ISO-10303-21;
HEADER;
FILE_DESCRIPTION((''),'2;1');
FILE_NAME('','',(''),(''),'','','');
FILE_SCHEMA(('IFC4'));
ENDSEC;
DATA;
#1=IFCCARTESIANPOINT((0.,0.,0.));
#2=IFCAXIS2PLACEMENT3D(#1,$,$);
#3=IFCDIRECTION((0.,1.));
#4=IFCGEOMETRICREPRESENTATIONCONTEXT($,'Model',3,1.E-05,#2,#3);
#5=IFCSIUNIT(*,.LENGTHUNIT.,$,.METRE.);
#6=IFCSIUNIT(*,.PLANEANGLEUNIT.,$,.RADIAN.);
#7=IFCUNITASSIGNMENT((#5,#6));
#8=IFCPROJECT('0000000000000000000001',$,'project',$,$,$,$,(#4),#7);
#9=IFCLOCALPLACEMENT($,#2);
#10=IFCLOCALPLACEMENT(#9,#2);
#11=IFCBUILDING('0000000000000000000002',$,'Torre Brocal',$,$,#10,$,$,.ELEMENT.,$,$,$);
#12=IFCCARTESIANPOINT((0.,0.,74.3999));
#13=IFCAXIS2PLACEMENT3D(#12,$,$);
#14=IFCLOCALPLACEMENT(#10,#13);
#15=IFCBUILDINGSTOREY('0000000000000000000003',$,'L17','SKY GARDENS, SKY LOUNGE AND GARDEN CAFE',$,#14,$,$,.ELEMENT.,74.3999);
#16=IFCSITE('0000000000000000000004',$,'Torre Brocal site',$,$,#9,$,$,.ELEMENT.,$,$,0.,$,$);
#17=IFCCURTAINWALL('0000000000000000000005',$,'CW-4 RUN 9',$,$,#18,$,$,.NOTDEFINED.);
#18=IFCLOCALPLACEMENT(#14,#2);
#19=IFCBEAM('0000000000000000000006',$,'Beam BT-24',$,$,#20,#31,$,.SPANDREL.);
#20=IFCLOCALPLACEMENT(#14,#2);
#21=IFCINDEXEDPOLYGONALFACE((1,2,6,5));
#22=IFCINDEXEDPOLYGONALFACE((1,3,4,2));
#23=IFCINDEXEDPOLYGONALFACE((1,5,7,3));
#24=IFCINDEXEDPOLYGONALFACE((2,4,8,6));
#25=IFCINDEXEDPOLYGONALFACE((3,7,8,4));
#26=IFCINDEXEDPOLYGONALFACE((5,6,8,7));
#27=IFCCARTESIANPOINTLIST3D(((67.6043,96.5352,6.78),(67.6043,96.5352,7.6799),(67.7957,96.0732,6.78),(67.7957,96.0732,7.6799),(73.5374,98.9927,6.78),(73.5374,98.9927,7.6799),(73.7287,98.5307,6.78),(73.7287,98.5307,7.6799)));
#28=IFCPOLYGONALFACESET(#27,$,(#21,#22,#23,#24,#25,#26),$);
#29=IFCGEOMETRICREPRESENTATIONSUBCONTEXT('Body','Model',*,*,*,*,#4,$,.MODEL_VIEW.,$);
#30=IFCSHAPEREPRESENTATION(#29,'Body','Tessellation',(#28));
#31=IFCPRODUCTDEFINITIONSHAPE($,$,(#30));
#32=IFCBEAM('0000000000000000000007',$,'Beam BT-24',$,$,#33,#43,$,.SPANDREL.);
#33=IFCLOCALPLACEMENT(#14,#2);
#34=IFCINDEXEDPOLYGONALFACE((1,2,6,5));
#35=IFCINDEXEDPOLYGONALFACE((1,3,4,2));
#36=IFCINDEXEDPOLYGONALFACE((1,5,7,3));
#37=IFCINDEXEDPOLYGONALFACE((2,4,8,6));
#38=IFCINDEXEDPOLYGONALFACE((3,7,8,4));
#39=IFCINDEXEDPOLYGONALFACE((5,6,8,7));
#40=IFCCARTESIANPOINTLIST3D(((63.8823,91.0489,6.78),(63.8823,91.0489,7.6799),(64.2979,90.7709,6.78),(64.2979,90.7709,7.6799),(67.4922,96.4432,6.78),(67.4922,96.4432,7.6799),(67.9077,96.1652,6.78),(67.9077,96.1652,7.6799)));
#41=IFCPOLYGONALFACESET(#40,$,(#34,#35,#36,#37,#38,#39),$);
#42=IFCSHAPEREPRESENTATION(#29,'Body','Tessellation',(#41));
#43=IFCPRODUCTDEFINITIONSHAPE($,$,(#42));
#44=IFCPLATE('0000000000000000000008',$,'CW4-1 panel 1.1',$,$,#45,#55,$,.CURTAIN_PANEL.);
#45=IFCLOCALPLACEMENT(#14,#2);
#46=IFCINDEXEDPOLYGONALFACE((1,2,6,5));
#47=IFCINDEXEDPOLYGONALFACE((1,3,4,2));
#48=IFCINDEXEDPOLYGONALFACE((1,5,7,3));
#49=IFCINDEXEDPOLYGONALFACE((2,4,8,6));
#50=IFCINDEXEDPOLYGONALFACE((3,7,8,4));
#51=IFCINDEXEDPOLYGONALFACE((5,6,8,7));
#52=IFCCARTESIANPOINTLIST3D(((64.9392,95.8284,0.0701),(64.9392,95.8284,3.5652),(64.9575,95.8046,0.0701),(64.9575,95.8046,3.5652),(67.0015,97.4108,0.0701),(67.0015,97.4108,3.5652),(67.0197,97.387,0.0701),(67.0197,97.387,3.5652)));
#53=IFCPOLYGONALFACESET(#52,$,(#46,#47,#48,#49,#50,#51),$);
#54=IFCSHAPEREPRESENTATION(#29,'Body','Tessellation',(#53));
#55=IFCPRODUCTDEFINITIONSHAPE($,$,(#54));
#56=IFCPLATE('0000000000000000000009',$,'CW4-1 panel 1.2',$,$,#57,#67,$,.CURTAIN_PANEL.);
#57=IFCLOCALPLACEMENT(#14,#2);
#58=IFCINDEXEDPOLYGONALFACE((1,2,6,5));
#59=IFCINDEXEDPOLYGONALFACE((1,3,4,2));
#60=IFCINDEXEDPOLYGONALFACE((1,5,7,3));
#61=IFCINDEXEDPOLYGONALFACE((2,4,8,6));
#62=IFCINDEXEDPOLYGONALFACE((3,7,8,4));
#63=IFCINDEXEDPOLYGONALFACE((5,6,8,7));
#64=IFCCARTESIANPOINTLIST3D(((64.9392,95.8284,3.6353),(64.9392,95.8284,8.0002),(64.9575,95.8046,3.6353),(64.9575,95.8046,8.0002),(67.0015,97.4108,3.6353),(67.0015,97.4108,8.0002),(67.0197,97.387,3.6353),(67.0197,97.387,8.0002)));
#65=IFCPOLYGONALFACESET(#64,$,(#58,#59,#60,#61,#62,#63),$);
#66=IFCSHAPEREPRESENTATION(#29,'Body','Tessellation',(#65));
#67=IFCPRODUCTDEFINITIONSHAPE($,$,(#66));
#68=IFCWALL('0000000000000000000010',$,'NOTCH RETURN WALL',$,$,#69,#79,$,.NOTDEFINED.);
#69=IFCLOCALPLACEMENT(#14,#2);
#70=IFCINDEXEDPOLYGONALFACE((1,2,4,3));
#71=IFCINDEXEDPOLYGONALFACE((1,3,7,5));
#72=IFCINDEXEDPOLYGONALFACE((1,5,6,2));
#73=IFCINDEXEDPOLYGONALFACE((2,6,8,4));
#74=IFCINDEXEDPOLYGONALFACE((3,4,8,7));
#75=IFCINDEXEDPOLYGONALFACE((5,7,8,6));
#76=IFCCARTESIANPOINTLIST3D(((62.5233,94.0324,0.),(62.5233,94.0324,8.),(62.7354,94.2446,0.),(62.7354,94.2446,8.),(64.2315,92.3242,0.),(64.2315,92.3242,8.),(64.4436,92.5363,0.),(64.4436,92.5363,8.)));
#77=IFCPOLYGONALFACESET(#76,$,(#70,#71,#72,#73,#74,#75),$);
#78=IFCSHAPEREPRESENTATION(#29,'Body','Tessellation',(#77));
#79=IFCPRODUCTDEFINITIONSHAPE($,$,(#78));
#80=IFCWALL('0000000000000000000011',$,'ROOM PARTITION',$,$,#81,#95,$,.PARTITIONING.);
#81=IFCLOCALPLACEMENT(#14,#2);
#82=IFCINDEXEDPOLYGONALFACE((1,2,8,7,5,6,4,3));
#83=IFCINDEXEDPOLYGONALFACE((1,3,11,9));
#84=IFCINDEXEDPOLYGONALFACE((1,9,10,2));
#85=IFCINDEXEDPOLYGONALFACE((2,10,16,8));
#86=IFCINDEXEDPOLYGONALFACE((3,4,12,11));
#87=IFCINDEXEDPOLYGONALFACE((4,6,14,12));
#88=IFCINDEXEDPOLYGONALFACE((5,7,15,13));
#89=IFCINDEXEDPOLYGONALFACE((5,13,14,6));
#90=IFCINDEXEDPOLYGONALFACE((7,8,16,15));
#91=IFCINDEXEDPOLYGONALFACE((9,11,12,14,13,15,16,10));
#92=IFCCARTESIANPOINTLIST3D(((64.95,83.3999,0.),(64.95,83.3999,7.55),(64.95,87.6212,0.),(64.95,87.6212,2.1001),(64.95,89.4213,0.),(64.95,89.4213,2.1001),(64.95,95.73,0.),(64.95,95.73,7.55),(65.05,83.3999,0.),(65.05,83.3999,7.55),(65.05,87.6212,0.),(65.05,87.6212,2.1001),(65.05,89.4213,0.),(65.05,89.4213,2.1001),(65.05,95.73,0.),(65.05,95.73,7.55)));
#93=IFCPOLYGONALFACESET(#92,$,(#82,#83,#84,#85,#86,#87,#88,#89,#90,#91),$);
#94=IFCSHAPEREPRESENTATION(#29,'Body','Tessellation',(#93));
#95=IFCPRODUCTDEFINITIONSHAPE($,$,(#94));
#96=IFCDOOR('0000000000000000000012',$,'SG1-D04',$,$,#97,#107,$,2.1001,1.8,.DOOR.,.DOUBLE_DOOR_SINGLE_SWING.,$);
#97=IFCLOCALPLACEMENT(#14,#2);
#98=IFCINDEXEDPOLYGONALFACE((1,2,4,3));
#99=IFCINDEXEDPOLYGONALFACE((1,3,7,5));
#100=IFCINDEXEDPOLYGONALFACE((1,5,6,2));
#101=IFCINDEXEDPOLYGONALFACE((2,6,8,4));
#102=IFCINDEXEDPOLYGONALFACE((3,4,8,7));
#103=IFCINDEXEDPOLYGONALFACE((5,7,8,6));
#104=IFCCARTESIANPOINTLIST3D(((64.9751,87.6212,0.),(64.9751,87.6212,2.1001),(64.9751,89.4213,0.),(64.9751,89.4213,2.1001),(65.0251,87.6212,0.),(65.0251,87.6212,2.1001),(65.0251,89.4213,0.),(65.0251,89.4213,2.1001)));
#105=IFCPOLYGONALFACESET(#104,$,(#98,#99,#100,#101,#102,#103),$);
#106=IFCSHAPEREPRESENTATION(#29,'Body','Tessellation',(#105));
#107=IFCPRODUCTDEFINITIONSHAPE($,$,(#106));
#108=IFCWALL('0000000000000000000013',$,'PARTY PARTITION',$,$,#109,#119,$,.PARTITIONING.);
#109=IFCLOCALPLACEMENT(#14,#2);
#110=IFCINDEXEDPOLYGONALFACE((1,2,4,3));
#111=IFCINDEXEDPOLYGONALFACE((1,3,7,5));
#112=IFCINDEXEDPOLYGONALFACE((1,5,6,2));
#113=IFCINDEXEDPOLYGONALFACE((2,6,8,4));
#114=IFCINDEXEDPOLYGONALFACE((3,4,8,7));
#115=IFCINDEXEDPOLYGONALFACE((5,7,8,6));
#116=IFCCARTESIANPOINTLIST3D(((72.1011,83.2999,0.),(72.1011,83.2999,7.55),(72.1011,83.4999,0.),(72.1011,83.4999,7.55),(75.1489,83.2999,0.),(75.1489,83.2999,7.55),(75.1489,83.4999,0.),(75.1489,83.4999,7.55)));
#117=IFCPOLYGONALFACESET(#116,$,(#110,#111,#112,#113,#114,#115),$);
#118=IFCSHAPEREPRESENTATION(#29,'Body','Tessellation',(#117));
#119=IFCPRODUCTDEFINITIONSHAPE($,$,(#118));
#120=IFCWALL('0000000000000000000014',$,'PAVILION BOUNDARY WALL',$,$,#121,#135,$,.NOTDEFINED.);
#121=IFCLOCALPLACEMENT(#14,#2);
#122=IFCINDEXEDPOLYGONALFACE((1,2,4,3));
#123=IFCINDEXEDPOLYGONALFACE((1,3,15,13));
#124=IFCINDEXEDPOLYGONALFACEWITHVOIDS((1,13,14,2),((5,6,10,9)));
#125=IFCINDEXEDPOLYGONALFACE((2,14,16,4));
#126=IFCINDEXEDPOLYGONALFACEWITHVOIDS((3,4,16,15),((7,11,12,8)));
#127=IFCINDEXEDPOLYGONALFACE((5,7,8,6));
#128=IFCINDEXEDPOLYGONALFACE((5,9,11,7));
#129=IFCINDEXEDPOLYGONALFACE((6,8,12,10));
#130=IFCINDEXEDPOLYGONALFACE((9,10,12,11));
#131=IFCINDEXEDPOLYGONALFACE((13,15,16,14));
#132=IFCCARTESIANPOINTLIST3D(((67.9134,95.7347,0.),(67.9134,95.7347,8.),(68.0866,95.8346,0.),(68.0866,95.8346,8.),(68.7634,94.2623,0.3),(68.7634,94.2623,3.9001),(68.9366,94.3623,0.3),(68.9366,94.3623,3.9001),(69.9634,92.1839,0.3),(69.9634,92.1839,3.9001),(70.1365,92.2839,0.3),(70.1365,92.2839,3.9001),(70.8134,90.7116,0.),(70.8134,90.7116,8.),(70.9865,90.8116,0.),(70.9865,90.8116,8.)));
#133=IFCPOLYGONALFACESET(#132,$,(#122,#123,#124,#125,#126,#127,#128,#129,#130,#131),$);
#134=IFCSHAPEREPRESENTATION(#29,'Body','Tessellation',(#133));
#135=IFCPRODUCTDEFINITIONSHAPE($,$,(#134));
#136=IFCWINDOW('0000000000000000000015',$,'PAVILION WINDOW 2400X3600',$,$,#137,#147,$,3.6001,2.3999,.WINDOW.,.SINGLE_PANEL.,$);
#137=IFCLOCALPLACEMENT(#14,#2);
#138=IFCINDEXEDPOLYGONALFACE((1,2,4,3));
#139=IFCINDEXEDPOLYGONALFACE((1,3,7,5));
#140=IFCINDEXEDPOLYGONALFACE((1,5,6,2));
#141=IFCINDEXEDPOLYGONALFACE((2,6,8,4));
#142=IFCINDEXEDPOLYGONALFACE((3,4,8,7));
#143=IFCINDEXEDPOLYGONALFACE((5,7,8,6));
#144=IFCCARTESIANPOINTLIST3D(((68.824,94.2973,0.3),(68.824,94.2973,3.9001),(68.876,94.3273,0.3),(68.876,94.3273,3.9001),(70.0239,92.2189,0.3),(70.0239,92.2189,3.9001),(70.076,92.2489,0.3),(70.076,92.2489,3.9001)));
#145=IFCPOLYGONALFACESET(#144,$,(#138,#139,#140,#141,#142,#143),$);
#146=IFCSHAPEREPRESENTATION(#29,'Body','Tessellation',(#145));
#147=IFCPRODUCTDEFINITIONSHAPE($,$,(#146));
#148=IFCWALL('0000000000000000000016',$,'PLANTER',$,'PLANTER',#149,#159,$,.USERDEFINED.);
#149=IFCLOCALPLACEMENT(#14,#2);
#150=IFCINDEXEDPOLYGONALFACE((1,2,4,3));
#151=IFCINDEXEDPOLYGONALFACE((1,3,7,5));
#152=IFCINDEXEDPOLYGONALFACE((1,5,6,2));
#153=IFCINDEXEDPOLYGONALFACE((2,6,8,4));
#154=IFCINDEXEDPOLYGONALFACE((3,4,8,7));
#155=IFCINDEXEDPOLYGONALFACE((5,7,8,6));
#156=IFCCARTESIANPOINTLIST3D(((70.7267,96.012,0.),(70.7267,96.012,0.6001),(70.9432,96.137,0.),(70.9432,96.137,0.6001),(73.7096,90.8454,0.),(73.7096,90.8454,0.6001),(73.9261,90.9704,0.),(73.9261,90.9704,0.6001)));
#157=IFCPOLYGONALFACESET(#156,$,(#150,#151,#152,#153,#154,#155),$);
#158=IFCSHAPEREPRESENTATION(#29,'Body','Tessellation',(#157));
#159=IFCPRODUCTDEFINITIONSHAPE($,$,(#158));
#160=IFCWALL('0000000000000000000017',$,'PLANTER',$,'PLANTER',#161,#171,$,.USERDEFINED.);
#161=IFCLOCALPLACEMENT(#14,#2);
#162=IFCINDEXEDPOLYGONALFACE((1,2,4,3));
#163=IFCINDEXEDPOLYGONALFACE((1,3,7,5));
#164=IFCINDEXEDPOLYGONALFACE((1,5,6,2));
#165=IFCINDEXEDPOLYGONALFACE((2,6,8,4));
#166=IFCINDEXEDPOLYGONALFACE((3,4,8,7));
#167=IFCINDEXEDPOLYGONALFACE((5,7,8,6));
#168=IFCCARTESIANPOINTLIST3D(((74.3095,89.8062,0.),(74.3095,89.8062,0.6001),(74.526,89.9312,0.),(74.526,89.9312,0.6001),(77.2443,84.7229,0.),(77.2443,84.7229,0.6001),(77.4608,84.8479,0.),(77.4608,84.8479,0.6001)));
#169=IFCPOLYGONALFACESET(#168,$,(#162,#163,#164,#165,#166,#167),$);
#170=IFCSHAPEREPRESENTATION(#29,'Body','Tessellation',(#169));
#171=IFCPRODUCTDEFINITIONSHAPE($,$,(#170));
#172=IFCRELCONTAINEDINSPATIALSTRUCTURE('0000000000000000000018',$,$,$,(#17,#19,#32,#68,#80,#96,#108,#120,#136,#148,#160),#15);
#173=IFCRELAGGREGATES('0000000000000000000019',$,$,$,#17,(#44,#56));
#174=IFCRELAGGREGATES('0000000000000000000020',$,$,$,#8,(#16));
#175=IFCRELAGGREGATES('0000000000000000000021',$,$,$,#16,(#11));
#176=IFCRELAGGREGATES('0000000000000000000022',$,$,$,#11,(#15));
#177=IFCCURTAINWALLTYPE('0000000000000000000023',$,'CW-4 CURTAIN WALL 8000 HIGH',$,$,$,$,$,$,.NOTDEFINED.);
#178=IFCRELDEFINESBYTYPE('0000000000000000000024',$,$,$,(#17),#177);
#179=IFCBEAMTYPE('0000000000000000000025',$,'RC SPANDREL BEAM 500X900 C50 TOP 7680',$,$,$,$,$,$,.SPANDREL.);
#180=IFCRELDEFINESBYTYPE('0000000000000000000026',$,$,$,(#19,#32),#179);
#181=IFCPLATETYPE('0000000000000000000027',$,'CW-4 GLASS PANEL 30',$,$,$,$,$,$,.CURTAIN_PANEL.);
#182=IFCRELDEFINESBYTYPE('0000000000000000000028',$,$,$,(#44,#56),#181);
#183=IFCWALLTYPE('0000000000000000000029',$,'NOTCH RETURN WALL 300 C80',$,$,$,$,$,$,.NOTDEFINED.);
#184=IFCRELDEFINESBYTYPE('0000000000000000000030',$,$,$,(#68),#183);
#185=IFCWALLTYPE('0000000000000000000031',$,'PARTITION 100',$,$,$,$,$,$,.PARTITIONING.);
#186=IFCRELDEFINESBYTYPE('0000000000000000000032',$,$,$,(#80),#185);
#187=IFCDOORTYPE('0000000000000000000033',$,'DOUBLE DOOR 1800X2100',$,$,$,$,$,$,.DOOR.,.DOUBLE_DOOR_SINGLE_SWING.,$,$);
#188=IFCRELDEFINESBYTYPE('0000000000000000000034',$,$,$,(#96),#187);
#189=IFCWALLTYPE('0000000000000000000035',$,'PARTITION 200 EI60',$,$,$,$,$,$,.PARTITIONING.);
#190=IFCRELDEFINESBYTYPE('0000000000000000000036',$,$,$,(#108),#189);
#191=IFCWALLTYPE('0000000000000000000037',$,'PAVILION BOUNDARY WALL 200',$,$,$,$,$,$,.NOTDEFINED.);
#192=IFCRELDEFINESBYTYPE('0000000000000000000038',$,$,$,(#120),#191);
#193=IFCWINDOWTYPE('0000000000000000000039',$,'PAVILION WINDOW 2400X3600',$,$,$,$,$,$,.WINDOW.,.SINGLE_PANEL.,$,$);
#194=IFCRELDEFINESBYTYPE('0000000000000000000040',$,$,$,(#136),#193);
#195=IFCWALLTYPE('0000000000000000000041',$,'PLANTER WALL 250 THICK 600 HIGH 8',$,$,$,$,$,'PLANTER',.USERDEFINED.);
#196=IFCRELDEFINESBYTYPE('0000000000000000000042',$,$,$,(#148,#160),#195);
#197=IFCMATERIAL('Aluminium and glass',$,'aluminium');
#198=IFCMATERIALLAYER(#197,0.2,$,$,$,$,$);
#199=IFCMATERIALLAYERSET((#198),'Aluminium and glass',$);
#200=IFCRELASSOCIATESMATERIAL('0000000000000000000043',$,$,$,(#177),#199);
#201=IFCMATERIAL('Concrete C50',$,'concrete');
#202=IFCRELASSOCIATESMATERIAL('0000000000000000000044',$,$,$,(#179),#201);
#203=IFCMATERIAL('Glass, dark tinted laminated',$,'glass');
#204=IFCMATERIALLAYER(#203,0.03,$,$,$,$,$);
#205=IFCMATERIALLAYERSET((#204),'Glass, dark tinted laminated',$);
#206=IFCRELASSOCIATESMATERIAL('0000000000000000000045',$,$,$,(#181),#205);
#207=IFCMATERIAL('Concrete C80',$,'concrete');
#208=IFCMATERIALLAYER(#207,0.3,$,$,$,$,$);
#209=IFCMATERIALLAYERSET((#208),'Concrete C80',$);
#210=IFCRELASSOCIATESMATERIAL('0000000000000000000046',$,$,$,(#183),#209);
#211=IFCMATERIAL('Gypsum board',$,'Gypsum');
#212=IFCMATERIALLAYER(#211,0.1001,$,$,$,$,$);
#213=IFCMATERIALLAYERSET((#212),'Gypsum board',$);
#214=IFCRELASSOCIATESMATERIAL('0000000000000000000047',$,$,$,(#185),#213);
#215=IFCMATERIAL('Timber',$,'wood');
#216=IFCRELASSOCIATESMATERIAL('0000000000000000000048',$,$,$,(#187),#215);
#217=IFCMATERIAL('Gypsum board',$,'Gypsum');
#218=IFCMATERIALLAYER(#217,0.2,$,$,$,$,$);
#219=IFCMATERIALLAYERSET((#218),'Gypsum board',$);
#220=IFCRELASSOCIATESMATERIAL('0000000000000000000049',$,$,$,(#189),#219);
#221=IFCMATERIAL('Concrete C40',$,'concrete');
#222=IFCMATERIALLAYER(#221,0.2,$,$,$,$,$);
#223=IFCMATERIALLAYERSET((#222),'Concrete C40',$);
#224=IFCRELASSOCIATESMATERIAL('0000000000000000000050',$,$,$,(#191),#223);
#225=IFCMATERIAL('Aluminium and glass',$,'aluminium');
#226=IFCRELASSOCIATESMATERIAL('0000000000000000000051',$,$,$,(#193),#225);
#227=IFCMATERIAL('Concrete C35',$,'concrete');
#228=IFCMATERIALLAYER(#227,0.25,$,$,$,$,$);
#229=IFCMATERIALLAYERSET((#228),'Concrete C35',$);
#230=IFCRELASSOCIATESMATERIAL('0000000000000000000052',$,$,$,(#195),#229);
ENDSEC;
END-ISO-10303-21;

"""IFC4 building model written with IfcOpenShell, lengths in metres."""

from ifc_helpers import new_model, si_unit, direction, frame, frame_2d, origin, origin_2d, place, context, subcontext, project, spatial, rectangle, extrude, material, layer, layer_set, material_profile, profile_set, type_object, element, fill, aggregate, save


model = new_model("IFC4")

# Units and contexts
model_context = context("Model", 3, precision=1e-05, world=origin(), true_north=direction((0.0, 1.0)))
body_context = subcontext(model_context, "Body", "Model", "MODEL_VIEW")
ifc_project = project(units=[si_unit("LENGTHUNIT", "METRE"), si_unit("PLANEANGLEUNIT", "RADIAN")], contexts=[model_context])

# Site, building, storey
site_placement = place(None, origin())
site = spatial("IfcSite", under=ifc_project, at=site_placement, Name="Torre Brocal site", CompositionType="ELEMENT", RefElevation=0.0)
building_placement = place(site_placement, origin())
building = spatial("IfcBuilding", under=site, at=building_placement, Name="Torre Brocal", CompositionType="ELEMENT")
storey_placement = place(building_placement, frame((0.0, 0.0, 74.3999)))
storey = spatial("IfcBuildingStorey", under=building, at=storey_placement, Name="L17", Description="SKY GARDENS, SKY LOUNGE AND GARDEN CAFE", CompositionType="ELEMENT", Elevation=74.3999)

# Curtain wall
ifc_material_1 = material(Name="Aluminium and glass", Category="aluminium")
ifc_layer_1 = layer(ifc_material_1, 0.2)
ifc_layer_set_1 = layer_set([ifc_layer_1], Name="Aluminium and glass")
curtain_wall_type = type_object("IfcCurtainWallType", Name="CW-4 CURTAIN WALL 8000 HIGH", PredefinedType="NOTDEFINED", material=ifc_layer_set_1)
curtain_wall_placement = place(storey_placement, origin())
curtain_wall = element("IfcCurtainWall", 1, at=curtain_wall_placement, inside=storey, type_object=curtain_wall_type, Name="CW-4 RUN 9", PredefinedType="NOTDEFINED")

# Beams
ifc_material_2 = material(Name="Concrete C50", Category="concrete")
ifc_material_profile_1 = material_profile(ifc_material_2, rectangle(XDim=0.5, YDim=0.8999, at=origin_2d()), Name="RC 500X900")
ifc_profile_set_1 = profile_set([ifc_material_profile_1], Name="Concrete C50")
beam_type_1 = type_object("IfcBeamType", Name="RC SPANDREL BEAM 500X900 C50 TOP 7680", PredefinedType="SPANDREL", material=ifc_profile_set_1)
beam_1_placement = place(storey_placement, frame((73.6331, 98.7617, 7.23), z_axis=(-0.923882, -0.382676, 0.0), x_axis=(0.382676, -0.923882, 0.0)))
element("IfcBeam", 2, at=beam_1_placement, inside=storey, type_object=beam_type_1, Name="Beam BT-24", PredefinedType="SPANDREL", context=body_context, shape_type="SweptSolid", body=[
    extrude(rectangle(XDim=0.5, YDim=0.8999, at=origin_2d()), origin(), (0.0, 0.0, 1.0), 6.4219),
])
beam_2_placement = place(storey_placement, frame((67.7, 96.3042, 7.23), z_axis=(-0.556158, -0.831077, 0.0), x_axis=(0.831077, -0.556158, 0.0)))
element("IfcBeam", 3, at=beam_2_placement, inside=storey, type_object=beam_type_1, Name="Beam BT-24", PredefinedType="SPANDREL", context=body_context, shape_type="SweptSolid", body=[
    extrude(rectangle(XDim=0.5, YDim=0.8999, at=origin_2d()), origin(), (0.0, 0.0, 1.0), 6.4907),
])

# Plates
ifc_material_3 = material(Name="Glass, dark tinted laminated", Category="glass")
ifc_layer_2 = layer(ifc_material_3, 0.03)
ifc_layer_set_2 = layer_set([ifc_layer_2], Name="Glass, dark tinted laminated")
plate_type = type_object("IfcPlateType", Name="CW-4 GLASS PANEL 30", PredefinedType="CURTAIN_PANEL", material=ifc_layer_set_2)
plate_1_placement = place(storey_placement, frame((65.9795, 96.6077, 0.0701), z_axis=(0.0, 0.0, 1.0), x_axis=(-0.793353, -0.608761, 0.0)))
plate_1 = element("IfcPlate", 4, at=plate_1_placement, type_object=plate_type, Name="CW4-1 panel 1.1", PredefinedType="CURTAIN_PANEL", context=body_context, shape_type="SweptSolid", body=[
    extrude(rectangle(XDim=2.5994, YDim=0.03, at=origin_2d()), origin(), (0.0, 0.0, 1.0), 3.4951),
])
plate_2_placement = place(storey_placement, frame((65.9795, 96.6077, 3.6353), z_axis=(0.0, 0.0, 1.0), x_axis=(-0.793353, -0.608761, 0.0)))
plate_2 = element("IfcPlate", 5, at=plate_2_placement, type_object=plate_type, Name="CW4-1 panel 1.2", PredefinedType="CURTAIN_PANEL", context=body_context, shape_type="SweptSolid", body=[
    extrude(rectangle(XDim=2.5994, YDim=0.03, at=origin_2d()), origin(), (0.0, 0.0, 1.0), 4.365),
])
aggregate(curtain_wall, [plate_1, plate_2])

# Wall
ifc_material_4 = material(Name="Concrete C80", Category="concrete")
ifc_layer_3 = layer(ifc_material_4, 0.3)
ifc_layer_set_3 = layer_set([ifc_layer_3], Name="Concrete C80")
wall_type_1 = type_object("IfcWallType", Name="NOTCH RETURN WALL 300 C80", PredefinedType="NOTDEFINED", material=ifc_layer_set_3)
wall_1_placement = place(storey_placement, frame((64.3376, 92.4302, 0.0), z_axis=(0.0, 0.0, 1.0), x_axis=(-0.707107, 0.707107, 0.0)))
element("IfcWall", 6, at=wall_1_placement, inside=storey, type_object=wall_type_1, Name="NOTCH RETURN WALL", PredefinedType="NOTDEFINED", context=body_context, shape_type="SweptSolid", body=[
    extrude(rectangle(XDim=2.4158, YDim=0.3, at=frame_2d((1.208, 0.0))), origin(), (0.0, 0.0, 1.0), 8.0),
])

# Wall, opening, door
ifc_material_5 = material(Name="Gypsum board", Category="Gypsum")
ifc_layer_4 = layer(ifc_material_5, 0.1001)
ifc_layer_set_4 = layer_set([ifc_layer_4], Name="Gypsum board")
wall_type_2 = type_object("IfcWallType", Name="PARTITION 100", PredefinedType="PARTITIONING", material=ifc_layer_set_4)
wall_2_placement = place(storey_placement, frame((65.0, 83.3999, 0.0), z_axis=(0.0, 0.0, 1.0), x_axis=(0.0, 1.0, 0.0)))
wall_2 = element("IfcWall", 7, at=wall_2_placement, inside=storey, type_object=wall_type_2, Name="ROOM PARTITION", PredefinedType="PARTITIONING", context=body_context, shape_type="SweptSolid", body=[
    extrude(rectangle(XDim=12.3301, YDim=0.1001, at=frame_2d((6.165, 0.0))), origin(), (0.0, 0.0, 1.0), 7.55),
])
opening_1_placement = place(wall_2_placement, frame((4.2214, 0.0, 0.0)))
opening_1 = element("IfcOpeningElement", 8, at=opening_1_placement, cuts=wall_2, PredefinedType="OPENING", context=body_context, shape_type="SweptSolid", body=[
    extrude(rectangle(XDim=1.8, YDim=2.1001, at=frame_2d((0.8999, 1.05))), frame((0.0, 0.0601, 0.0), z_axis=(0.0, -1.0, 0.0), x_axis=(1.0, 0.0, 0.0)), (0.0, 0.0, 1.0), 0.1201),
])
ifc_material_6 = material(Name="Timber", Category="wood")
door_type = type_object("IfcDoorType", Name="DOUBLE DOOR 1800X2100", OperationType="DOUBLE_DOOR_SINGLE_SWING", PredefinedType="DOOR", material=ifc_material_6)
door_placement = place(opening_1_placement, origin())
door = element("IfcDoor", 9, at=door_placement, inside=storey, type_object=door_type, Name="SG1-D04", OperationType="DOUBLE_DOOR_SINGLE_SWING", OverallHeight=2.1001, OverallWidth=1.8, PredefinedType="DOOR", context=body_context, shape_type="SweptSolid", body=[
    extrude(rectangle(XDim=1.8, YDim=2.1001, at=frame_2d((0.8999, 1.05))), frame((0.0, 0.0249, 0.0), z_axis=(0.0, -1.0, 0.0), x_axis=(1.0, 0.0, 0.0)), (0.0, 0.0, 1.0), 0.05),
])
fill(opening_1, door)

# Wall
ifc_material_7 = material(Name="Gypsum board", Category="Gypsum")
ifc_layer_5 = layer(ifc_material_7, 0.2)
ifc_layer_set_5 = layer_set([ifc_layer_5], Name="Gypsum board")
wall_type_3 = type_object("IfcWallType", Name="PARTITION 200 EI60", PredefinedType="PARTITIONING", material=ifc_layer_set_5)
wall_3_placement = place(storey_placement, frame((72.1011, 83.3999, 0.0), z_axis=(0.0, 0.0, 1.0), x_axis=(1.0, 0.0, 0.0)))
element("IfcWall", 10, at=wall_3_placement, inside=storey, type_object=wall_type_3, Name="PARTY PARTITION", PredefinedType="PARTITIONING", context=body_context, shape_type="SweptSolid", body=[
    extrude(rectangle(XDim=3.0479, YDim=0.2, at=frame_2d((1.5239, 0.0))), origin(), (0.0, 0.0, 1.0), 7.55),
])

# Wall, opening, window
ifc_material_8 = material(Name="Concrete C40", Category="concrete")
ifc_layer_6 = layer(ifc_material_8, 0.2)
ifc_layer_set_6 = layer_set([ifc_layer_6], Name="Concrete C40")
wall_type_4 = type_object("IfcWallType", Name="PAVILION BOUNDARY WALL 200", PredefinedType="NOTDEFINED", material=ifc_layer_set_6)
wall_4_placement = place(storey_placement, frame((70.8999, 90.7617, 0.0), z_axis=(0.0, 0.0, 1.0), x_axis=(-0.499987, 0.866033, 0.0)))
wall_4 = element("IfcWall", 11, at=wall_4_placement, inside=storey, type_object=wall_type_4, Name="PAVILION BOUNDARY WALL", PredefinedType="NOTDEFINED", context=body_context, shape_type="SweptSolid", body=[
    extrude(rectangle(XDim=5.8, YDim=0.2, at=frame_2d((2.8999, 0.0))), origin(), (0.0, 0.0, 1.0), 8.0),
])
opening_2_placement = place(wall_4_placement, frame((1.7, 0.0, 0.3)))
opening_2 = element("IfcOpeningElement", 12, at=opening_2_placement, cuts=wall_4, PredefinedType="OPENING", context=body_context, shape_type="SweptSolid", body=[
    extrude(rectangle(XDim=2.3999, YDim=3.6001, at=frame_2d((1.2, 1.8))), frame((0.0, 0.1099, 0.0), z_axis=(0.0, -1.0, 0.0), x_axis=(1.0, 0.0, 0.0)), (0.0, 0.0, 1.0), 0.22),
])
ifc_material_9 = material(Name="Aluminium and glass", Category="aluminium")
window_type = type_object("IfcWindowType", Name="PAVILION WINDOW 2400X3600", PartitioningType="SINGLE_PANEL", PredefinedType="WINDOW", material=ifc_material_9)
window_placement = place(opening_2_placement, origin())
window = element("IfcWindow", 13, at=window_placement, inside=storey, type_object=window_type, Name="PAVILION WINDOW 2400X3600", OverallHeight=3.6001, OverallWidth=2.3999, PartitioningType="SINGLE_PANEL", PredefinedType="WINDOW", context=body_context, shape_type="SweptSolid", body=[
    extrude(rectangle(XDim=2.3999, YDim=3.6001, at=frame_2d((1.2, 1.8))), frame((0.0, 0.03, 0.0), z_axis=(0.0, -1.0, 0.0), x_axis=(1.0, 0.0, 0.0)), (0.0, 0.0, 1.0), 0.0601),
])
fill(opening_2, window)

# Walls
ifc_material_10 = material(Name="Concrete C35", Category="concrete")
ifc_layer_7 = layer(ifc_material_10, 0.25)
ifc_layer_set_7 = layer_set([ifc_layer_7], Name="Concrete C35")
wall_type_5 = type_object("IfcWallType", Name="PLANTER WALL 250 THICK 600 HIGH 8", ElementType="PLANTER", PredefinedType="USERDEFINED", material=ifc_layer_set_7)
wall_5_placement = place(storey_placement, frame((70.835, 96.0745, 0.0), z_axis=(0.0, 0.0, 1.0), x_axis=(0.500003, -0.866023, 0.0)))
element("IfcWall", 14, at=wall_5_placement, inside=storey, type_object=wall_type_5, Name="PLANTER", ObjectType="PLANTER", PredefinedType="USERDEFINED", context=body_context, shape_type="SweptSolid", body=[
    extrude(rectangle(XDim=5.9658, YDim=0.25, at=frame_2d((2.9829, 0.0))), origin(), (0.0, 0.0, 1.0), 0.6001),
])
wall_6_placement = place(storey_placement, frame((74.4177, 89.8687, 0.0), z_axis=(0.0, 0.0, 1.0), x_axis=(0.5, -0.866026, 0.0)))
element("IfcWall", 15, at=wall_6_placement, inside=storey, type_object=wall_type_5, Name="PLANTER", ObjectType="PLANTER", PredefinedType="USERDEFINED", context=body_context, shape_type="SweptSolid", body=[
    extrude(rectangle(XDim=5.8696, YDim=0.25, at=frame_2d((2.9348, 0.0))), origin(), (0.0, 0.0, 1.0), 0.6001),
])

save(model, "model.ifc")
